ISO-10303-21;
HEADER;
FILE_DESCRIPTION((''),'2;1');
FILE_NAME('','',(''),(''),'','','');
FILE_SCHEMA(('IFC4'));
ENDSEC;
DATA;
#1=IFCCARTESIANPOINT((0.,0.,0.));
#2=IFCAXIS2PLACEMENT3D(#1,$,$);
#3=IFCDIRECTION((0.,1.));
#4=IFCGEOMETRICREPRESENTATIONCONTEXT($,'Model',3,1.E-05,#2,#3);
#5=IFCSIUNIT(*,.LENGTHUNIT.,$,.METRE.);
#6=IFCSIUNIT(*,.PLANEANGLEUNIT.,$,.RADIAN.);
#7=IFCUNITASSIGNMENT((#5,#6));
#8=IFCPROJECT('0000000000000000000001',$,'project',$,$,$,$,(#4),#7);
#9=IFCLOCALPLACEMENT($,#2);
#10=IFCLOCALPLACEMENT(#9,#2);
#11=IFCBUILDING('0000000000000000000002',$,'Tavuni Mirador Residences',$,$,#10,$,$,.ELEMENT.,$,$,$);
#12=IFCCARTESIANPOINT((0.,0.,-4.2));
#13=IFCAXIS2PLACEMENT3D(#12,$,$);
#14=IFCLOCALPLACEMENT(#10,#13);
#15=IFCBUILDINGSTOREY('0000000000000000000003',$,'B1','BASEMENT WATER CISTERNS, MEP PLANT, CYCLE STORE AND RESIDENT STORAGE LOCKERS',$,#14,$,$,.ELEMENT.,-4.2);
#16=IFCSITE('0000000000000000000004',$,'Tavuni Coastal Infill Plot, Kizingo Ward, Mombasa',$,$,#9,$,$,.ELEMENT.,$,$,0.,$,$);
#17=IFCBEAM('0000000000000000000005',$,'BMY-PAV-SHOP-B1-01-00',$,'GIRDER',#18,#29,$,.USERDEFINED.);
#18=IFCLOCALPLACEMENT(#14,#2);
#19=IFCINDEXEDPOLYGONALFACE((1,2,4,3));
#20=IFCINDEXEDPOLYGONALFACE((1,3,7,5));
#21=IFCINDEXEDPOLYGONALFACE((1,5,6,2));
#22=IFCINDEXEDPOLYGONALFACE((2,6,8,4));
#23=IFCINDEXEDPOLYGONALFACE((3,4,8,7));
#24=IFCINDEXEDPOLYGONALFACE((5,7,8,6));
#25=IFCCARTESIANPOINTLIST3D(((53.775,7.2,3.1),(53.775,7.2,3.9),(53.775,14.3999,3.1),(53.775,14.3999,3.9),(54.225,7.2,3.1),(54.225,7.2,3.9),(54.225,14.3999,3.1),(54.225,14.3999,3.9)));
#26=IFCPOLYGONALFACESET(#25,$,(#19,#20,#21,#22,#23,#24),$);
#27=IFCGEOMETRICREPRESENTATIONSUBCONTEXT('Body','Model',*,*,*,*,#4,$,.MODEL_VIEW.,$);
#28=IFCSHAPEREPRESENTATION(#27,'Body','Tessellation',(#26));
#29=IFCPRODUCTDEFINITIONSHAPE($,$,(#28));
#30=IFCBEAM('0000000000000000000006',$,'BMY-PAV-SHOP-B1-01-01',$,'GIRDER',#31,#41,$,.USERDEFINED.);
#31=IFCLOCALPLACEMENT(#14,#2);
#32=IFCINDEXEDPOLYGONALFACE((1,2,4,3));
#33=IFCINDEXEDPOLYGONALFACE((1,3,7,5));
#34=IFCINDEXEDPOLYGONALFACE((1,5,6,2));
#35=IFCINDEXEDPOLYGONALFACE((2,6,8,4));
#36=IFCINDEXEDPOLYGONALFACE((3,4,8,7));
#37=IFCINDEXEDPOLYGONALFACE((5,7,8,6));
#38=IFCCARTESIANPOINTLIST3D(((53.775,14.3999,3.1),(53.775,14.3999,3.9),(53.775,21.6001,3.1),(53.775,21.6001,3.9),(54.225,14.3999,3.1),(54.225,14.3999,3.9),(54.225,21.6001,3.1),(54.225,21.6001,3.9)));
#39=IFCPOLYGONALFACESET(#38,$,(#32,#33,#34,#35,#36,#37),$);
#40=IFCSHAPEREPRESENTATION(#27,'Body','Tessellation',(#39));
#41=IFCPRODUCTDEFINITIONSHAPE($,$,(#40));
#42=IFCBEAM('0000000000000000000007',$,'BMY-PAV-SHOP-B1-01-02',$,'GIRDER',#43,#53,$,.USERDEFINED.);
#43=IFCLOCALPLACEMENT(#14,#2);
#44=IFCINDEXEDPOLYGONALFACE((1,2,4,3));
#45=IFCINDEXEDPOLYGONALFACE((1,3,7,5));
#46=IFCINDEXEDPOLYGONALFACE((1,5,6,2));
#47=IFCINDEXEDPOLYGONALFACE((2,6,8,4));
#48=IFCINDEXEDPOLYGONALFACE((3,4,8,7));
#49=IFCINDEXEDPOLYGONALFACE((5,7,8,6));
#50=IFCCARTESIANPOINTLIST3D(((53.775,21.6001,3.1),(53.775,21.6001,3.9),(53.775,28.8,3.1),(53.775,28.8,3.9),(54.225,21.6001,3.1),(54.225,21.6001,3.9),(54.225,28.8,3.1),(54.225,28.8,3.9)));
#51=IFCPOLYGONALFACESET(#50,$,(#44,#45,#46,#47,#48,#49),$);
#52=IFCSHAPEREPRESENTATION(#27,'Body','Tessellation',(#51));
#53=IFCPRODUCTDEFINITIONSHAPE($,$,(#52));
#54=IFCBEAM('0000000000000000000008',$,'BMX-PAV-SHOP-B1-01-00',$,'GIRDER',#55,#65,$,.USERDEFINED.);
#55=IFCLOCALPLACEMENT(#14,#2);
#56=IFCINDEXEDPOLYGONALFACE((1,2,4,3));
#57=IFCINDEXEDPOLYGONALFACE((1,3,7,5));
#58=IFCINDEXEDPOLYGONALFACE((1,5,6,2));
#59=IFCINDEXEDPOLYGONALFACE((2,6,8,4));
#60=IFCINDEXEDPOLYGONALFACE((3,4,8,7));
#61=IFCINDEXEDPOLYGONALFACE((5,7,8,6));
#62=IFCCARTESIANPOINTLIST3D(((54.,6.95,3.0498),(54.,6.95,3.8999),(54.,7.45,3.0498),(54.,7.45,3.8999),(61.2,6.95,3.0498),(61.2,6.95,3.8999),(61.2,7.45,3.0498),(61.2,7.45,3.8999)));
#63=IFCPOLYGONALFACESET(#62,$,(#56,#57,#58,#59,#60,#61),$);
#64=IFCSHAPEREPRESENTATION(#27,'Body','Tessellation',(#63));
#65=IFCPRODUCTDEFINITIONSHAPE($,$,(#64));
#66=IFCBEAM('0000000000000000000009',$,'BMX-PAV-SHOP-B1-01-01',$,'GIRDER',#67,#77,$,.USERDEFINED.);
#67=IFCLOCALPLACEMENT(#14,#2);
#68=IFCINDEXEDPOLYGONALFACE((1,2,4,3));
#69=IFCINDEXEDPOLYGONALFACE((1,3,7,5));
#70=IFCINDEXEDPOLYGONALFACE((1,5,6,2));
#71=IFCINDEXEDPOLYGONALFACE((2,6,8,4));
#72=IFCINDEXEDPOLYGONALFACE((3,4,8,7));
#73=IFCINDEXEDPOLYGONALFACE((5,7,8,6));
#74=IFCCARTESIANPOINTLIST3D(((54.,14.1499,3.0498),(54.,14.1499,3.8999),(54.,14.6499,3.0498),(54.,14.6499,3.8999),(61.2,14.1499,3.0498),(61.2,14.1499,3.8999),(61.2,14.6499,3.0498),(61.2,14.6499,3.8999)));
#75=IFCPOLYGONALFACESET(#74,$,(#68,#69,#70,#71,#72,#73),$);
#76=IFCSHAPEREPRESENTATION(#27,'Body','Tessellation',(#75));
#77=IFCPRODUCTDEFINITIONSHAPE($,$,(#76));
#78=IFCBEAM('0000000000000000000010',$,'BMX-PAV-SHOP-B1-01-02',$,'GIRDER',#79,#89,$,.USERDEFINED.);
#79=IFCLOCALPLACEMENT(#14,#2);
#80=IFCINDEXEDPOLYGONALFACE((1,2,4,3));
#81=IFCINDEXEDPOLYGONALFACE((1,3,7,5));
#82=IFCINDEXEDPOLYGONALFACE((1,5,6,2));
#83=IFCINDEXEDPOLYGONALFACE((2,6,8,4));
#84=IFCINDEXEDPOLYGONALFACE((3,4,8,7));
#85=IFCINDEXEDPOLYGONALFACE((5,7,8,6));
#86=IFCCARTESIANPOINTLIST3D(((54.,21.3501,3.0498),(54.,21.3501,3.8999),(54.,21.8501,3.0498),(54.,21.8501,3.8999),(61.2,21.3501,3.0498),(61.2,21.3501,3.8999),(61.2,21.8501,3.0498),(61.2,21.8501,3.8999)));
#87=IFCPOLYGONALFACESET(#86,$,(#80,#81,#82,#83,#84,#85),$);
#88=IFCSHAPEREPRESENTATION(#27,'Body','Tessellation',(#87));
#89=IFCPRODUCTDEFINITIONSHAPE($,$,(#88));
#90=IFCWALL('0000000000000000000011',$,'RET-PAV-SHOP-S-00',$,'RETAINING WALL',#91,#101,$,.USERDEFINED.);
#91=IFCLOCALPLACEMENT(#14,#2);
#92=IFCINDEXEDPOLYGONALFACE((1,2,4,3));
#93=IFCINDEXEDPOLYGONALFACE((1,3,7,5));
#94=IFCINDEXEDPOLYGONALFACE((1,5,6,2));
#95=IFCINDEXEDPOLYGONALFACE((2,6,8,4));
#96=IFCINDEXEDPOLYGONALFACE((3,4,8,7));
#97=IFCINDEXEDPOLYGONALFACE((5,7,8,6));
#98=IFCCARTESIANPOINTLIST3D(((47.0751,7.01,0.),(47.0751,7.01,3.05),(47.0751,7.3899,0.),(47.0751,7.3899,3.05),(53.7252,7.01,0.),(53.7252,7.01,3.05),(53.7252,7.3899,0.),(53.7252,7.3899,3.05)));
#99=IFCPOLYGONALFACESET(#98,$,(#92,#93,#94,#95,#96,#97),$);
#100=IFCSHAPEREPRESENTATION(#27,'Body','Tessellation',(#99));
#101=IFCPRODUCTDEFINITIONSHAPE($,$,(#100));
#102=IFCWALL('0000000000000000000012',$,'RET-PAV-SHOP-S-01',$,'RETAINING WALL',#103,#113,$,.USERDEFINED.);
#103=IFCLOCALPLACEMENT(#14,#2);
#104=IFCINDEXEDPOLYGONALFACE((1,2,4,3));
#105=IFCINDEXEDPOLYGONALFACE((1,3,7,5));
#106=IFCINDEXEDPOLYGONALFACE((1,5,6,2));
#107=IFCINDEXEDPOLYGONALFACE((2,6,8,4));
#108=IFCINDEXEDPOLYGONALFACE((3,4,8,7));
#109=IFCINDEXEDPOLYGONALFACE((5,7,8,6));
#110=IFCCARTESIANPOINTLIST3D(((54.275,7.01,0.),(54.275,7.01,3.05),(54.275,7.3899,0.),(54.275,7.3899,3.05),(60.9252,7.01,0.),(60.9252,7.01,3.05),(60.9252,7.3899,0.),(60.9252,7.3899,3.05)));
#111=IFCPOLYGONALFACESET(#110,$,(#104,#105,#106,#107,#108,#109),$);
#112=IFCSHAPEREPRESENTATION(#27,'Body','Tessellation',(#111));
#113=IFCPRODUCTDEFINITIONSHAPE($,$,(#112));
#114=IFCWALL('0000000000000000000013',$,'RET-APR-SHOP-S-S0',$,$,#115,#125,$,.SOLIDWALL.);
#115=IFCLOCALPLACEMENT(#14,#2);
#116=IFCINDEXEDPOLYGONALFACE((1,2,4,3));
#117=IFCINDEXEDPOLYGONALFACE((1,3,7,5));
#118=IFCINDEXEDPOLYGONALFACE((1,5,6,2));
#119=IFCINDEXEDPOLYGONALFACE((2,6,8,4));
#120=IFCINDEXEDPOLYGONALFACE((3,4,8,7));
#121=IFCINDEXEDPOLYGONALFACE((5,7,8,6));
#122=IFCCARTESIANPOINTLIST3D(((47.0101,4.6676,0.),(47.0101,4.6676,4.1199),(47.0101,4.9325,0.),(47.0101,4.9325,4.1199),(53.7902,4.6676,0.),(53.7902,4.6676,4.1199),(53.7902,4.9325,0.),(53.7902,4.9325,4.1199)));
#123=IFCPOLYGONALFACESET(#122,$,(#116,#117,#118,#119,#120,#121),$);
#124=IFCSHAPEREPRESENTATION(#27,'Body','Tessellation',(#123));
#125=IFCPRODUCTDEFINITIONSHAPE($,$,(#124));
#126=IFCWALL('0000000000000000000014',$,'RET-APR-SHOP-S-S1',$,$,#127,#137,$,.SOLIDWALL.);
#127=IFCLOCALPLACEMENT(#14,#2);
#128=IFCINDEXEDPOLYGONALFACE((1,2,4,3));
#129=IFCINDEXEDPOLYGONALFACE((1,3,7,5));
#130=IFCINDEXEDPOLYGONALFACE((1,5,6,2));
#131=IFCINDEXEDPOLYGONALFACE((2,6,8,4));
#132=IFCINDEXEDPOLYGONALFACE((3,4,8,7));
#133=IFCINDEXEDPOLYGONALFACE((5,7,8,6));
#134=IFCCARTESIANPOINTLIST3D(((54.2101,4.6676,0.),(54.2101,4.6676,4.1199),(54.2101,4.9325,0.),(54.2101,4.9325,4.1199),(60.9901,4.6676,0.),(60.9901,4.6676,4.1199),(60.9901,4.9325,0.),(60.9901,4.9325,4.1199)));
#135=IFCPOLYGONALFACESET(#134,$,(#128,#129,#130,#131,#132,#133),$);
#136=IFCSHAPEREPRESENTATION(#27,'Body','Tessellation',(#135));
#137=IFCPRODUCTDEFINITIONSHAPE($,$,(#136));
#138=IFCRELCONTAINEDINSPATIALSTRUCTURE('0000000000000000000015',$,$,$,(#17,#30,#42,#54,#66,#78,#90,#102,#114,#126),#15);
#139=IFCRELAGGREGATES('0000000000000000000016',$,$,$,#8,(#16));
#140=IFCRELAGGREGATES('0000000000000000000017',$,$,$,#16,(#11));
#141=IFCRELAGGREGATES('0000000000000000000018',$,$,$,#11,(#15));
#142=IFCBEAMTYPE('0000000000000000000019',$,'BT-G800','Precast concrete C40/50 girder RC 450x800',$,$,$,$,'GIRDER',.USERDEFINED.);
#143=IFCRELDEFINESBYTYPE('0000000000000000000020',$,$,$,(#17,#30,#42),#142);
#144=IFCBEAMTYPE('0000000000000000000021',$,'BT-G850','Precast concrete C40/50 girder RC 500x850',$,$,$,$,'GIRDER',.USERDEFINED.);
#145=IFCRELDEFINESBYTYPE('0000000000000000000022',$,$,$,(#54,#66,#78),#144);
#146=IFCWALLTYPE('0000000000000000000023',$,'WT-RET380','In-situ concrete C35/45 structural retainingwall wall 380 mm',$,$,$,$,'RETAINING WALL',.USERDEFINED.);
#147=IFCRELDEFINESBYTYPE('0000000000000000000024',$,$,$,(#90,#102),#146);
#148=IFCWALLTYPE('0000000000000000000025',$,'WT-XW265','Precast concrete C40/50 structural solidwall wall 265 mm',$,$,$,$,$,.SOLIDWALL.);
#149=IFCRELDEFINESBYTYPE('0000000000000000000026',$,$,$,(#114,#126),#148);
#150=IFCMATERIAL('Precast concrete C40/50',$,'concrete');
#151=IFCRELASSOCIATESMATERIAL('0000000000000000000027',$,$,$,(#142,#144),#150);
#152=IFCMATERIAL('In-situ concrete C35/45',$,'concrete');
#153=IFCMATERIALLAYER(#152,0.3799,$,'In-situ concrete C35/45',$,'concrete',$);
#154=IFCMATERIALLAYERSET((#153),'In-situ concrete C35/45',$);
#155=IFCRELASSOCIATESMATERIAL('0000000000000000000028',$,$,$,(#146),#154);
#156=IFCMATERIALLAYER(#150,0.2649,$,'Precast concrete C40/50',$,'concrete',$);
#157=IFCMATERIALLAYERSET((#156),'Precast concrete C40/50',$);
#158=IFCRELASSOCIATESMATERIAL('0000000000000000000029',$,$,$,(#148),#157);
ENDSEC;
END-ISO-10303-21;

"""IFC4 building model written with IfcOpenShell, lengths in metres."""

from ifc_helpers import new_model, si_unit, direction, frame, frame_2d, origin, origin_2d, place, context, subcontext, project, spatial, rectangle, extrude, material, layer, layer_set, material_profile, profile_set, type_object, element, save


model = new_model("IFC4")

# Units and contexts
model_context = context("Model", 3, precision=1e-05, world=origin(), true_north=direction((0.0, 1.0)))
body_context = subcontext(model_context, "Body", "Model", "MODEL_VIEW")
ifc_project = project(units=[si_unit("LENGTHUNIT", "METRE"), si_unit("PLANEANGLEUNIT", "RADIAN")], contexts=[model_context])

# Site, building, storey
site_placement = place(None, origin())
site = spatial("IfcSite", under=ifc_project, at=site_placement, Name="Tavuni Coastal Infill Plot, Kizingo Ward, Mombasa", CompositionType="ELEMENT", RefElevation=0.0)
building_placement = place(site_placement, origin())
building = spatial("IfcBuilding", under=site, at=building_placement, Name="Tavuni Mirador Residences", CompositionType="ELEMENT")
storey_placement = place(building_placement, frame((0.0, 0.0, -4.2)))
storey = spatial("IfcBuildingStorey", under=building, at=storey_placement, Name="B1", Description="BASEMENT WATER CISTERNS, MEP PLANT, CYCLE STORE AND RESIDENT STORAGE LOCKERS", CompositionType="ELEMENT", Elevation=-4.2)

# Shared definitions
ifc_material_1 = material(Name="In-situ concrete C35/45", Category="concrete")

# Shared definitions
ifc_material_2 = material(Name="Precast concrete C40/50", Category="concrete")

# Beams
ifc_material_profile_1 = material_profile(ifc_material_2, rectangle(XDim=0.45, YDim=0.8, at=origin_2d()), Name="RC 450x800", Category="concrete")
ifc_profile_set_1 = profile_set([ifc_material_profile_1], Name="Precast concrete C40/50")
beam_type_1 = type_object("IfcBeamType", Name="BT-G800", Description="Precast concrete C40/50 girder RC 450x800", ElementType="GIRDER", PredefinedType="USERDEFINED", material=ifc_profile_set_1)
beam_1_placement = place(storey_placement, frame((54.0, 7.2, 3.5), z_axis=(0.0, 1.0, 0.0), x_axis=(-1.0, 0.0, 0.0)))
element("IfcBeam", 1, at=beam_1_placement, inside=storey, type_object=beam_type_1, Name="BMY-PAV-SHOP-B1-01-00", ObjectType="GIRDER", PredefinedType="USERDEFINED", context=body_context, shape_type="SweptSolid", body=[
    extrude(rectangle(XDim=0.45, YDim=0.8, at=origin_2d()), origin(), (0.0, 0.0, 1.0), 7.2),
])
beam_2_placement = place(storey_placement, frame((54.0, 14.3999, 3.5), z_axis=(0.0, 1.0, 0.0), x_axis=(-1.0, 0.0, 0.0)))
element("IfcBeam", 2, at=beam_2_placement, inside=storey, type_object=beam_type_1, Name="BMY-PAV-SHOP-B1-01-01", ObjectType="GIRDER", PredefinedType="USERDEFINED", context=body_context, shape_type="SweptSolid", body=[
    extrude(rectangle(XDim=0.45, YDim=0.8, at=origin_2d()), origin(), (0.0, 0.0, 1.0), 7.2002),
])
beam_3_placement = place(storey_placement, frame((54.0, 21.6001, 3.5), z_axis=(0.0, 1.0, 0.0), x_axis=(-1.0, 0.0, 0.0)))
element("IfcBeam", 3, at=beam_3_placement, inside=storey, type_object=beam_type_1, Name="BMY-PAV-SHOP-B1-01-02", ObjectType="GIRDER", PredefinedType="USERDEFINED", context=body_context, shape_type="SweptSolid", body=[
    extrude(rectangle(XDim=0.45, YDim=0.8, at=origin_2d()), origin(), (0.0, 0.0, 1.0), 7.2),
])
ifc_material_profile_2 = material_profile(ifc_material_2, rectangle(XDim=0.5, YDim=0.8501, at=origin_2d()), Name="RC 500x850", Category="concrete")
ifc_profile_set_2 = profile_set([ifc_material_profile_2], Name="Precast concrete C40/50")
beam_type_2 = type_object("IfcBeamType", Name="BT-G850", Description="Precast concrete C40/50 girder RC 500x850", ElementType="GIRDER", PredefinedType="USERDEFINED", material=ifc_profile_set_2)
for number, where, z_axis, x_axis, name in (
    (4, (54.0, 7.2, 3.4749), (1.0, 0.0, 0.0), (0.0, 1.0, 0.0), "BMX-PAV-SHOP-B1-01-00"),
    (5, (54.0, 14.3999, 3.4749), (1.0, 0.0, 0.0), (0.0, 1.0, 0.0), "BMX-PAV-SHOP-B1-01-01"),
    (6, (54.0, 21.6001, 3.4749), (1.0, 0.0, 0.0), (0.0, 1.0, 0.0), "BMX-PAV-SHOP-B1-01-02"),
):
    element("IfcBeam", number, at=place(storey_placement, frame(where, z_axis=z_axis, x_axis=x_axis)), inside=storey, type_object=beam_type_2, Name=name, ObjectType="GIRDER", PredefinedType="USERDEFINED", context=body_context, shape_type="SweptSolid", body=[
        extrude(rectangle(XDim=0.5, YDim=0.8501, at=origin_2d()), origin(), (0.0, 0.0, 1.0), 7.2),
    ])

# Walls
ifc_layer_1 = layer(ifc_material_1, 0.3799, Name="In-situ concrete C35/45", Category="concrete")
ifc_layer_set_1 = layer_set([ifc_layer_1], Name="In-situ concrete C35/45")
wall_type_1 = type_object("IfcWallType", Name="WT-RET380", Description="In-situ concrete C35/45 structural retainingwall wall 380 mm", ElementType="RETAINING WALL", PredefinedType="USERDEFINED", material=ifc_layer_set_1)
for number, where, z_axis, x_axis, name in (
    (7, (47.075, 7.2, 0.0), (0.0, 0.0, 1.0), (1.0, 0.0, 0.0), "RET-PAV-SHOP-S-00"),
    (8, (54.2749, 7.2, 0.0), (0.0, 0.0, 1.0), (1.0, 0.0, 0.0), "RET-PAV-SHOP-S-01"),
):
    element("IfcWall", number, at=place(storey_placement, frame(where, z_axis=z_axis, x_axis=x_axis)), inside=storey, type_object=wall_type_1, Name=name, ObjectType="RETAINING WALL", PredefinedType="USERDEFINED", context=body_context, shape_type="SweptSolid", body=[
        extrude(rectangle(XDim=6.6501, YDim=0.3799, at=frame_2d((3.3252, 0.0))), origin(), (0.0, 0.0, 1.0), 3.05),
    ])
ifc_layer_2 = layer(ifc_material_2, 0.2649, Name="Precast concrete C40/50", Category="concrete")
ifc_layer_set_2 = layer_set([ifc_layer_2], Name="Precast concrete C40/50")
wall_type_2 = type_object("IfcWallType", Name="WT-XW265", Description="Precast concrete C40/50 structural solidwall wall 265 mm", PredefinedType="SOLIDWALL", material=ifc_layer_set_2)
for number, where, z_axis, x_axis, name in (
    (9, (47.01, 4.8, 0.0), (0.0, 0.0, 1.0), (1.0, 0.0, 0.0), "RET-APR-SHOP-S-S0"),
    (10, (54.21, 4.8, 0.0), (0.0, 0.0, 1.0), (1.0, 0.0, 0.0), "RET-APR-SHOP-S-S1"),
):
    element("IfcWall", number, at=place(storey_placement, frame(where, z_axis=z_axis, x_axis=x_axis)), inside=storey, type_object=wall_type_2, Name=name, PredefinedType="SOLIDWALL", context=body_context, shape_type="SweptSolid", body=[
        extrude(rectangle(XDim=6.78, YDim=0.2649, at=frame_2d((3.3901, 0.0))), origin(), (0.0, 0.0, 1.0), 4.1199),
    ])

save(model, "model.ifc")
